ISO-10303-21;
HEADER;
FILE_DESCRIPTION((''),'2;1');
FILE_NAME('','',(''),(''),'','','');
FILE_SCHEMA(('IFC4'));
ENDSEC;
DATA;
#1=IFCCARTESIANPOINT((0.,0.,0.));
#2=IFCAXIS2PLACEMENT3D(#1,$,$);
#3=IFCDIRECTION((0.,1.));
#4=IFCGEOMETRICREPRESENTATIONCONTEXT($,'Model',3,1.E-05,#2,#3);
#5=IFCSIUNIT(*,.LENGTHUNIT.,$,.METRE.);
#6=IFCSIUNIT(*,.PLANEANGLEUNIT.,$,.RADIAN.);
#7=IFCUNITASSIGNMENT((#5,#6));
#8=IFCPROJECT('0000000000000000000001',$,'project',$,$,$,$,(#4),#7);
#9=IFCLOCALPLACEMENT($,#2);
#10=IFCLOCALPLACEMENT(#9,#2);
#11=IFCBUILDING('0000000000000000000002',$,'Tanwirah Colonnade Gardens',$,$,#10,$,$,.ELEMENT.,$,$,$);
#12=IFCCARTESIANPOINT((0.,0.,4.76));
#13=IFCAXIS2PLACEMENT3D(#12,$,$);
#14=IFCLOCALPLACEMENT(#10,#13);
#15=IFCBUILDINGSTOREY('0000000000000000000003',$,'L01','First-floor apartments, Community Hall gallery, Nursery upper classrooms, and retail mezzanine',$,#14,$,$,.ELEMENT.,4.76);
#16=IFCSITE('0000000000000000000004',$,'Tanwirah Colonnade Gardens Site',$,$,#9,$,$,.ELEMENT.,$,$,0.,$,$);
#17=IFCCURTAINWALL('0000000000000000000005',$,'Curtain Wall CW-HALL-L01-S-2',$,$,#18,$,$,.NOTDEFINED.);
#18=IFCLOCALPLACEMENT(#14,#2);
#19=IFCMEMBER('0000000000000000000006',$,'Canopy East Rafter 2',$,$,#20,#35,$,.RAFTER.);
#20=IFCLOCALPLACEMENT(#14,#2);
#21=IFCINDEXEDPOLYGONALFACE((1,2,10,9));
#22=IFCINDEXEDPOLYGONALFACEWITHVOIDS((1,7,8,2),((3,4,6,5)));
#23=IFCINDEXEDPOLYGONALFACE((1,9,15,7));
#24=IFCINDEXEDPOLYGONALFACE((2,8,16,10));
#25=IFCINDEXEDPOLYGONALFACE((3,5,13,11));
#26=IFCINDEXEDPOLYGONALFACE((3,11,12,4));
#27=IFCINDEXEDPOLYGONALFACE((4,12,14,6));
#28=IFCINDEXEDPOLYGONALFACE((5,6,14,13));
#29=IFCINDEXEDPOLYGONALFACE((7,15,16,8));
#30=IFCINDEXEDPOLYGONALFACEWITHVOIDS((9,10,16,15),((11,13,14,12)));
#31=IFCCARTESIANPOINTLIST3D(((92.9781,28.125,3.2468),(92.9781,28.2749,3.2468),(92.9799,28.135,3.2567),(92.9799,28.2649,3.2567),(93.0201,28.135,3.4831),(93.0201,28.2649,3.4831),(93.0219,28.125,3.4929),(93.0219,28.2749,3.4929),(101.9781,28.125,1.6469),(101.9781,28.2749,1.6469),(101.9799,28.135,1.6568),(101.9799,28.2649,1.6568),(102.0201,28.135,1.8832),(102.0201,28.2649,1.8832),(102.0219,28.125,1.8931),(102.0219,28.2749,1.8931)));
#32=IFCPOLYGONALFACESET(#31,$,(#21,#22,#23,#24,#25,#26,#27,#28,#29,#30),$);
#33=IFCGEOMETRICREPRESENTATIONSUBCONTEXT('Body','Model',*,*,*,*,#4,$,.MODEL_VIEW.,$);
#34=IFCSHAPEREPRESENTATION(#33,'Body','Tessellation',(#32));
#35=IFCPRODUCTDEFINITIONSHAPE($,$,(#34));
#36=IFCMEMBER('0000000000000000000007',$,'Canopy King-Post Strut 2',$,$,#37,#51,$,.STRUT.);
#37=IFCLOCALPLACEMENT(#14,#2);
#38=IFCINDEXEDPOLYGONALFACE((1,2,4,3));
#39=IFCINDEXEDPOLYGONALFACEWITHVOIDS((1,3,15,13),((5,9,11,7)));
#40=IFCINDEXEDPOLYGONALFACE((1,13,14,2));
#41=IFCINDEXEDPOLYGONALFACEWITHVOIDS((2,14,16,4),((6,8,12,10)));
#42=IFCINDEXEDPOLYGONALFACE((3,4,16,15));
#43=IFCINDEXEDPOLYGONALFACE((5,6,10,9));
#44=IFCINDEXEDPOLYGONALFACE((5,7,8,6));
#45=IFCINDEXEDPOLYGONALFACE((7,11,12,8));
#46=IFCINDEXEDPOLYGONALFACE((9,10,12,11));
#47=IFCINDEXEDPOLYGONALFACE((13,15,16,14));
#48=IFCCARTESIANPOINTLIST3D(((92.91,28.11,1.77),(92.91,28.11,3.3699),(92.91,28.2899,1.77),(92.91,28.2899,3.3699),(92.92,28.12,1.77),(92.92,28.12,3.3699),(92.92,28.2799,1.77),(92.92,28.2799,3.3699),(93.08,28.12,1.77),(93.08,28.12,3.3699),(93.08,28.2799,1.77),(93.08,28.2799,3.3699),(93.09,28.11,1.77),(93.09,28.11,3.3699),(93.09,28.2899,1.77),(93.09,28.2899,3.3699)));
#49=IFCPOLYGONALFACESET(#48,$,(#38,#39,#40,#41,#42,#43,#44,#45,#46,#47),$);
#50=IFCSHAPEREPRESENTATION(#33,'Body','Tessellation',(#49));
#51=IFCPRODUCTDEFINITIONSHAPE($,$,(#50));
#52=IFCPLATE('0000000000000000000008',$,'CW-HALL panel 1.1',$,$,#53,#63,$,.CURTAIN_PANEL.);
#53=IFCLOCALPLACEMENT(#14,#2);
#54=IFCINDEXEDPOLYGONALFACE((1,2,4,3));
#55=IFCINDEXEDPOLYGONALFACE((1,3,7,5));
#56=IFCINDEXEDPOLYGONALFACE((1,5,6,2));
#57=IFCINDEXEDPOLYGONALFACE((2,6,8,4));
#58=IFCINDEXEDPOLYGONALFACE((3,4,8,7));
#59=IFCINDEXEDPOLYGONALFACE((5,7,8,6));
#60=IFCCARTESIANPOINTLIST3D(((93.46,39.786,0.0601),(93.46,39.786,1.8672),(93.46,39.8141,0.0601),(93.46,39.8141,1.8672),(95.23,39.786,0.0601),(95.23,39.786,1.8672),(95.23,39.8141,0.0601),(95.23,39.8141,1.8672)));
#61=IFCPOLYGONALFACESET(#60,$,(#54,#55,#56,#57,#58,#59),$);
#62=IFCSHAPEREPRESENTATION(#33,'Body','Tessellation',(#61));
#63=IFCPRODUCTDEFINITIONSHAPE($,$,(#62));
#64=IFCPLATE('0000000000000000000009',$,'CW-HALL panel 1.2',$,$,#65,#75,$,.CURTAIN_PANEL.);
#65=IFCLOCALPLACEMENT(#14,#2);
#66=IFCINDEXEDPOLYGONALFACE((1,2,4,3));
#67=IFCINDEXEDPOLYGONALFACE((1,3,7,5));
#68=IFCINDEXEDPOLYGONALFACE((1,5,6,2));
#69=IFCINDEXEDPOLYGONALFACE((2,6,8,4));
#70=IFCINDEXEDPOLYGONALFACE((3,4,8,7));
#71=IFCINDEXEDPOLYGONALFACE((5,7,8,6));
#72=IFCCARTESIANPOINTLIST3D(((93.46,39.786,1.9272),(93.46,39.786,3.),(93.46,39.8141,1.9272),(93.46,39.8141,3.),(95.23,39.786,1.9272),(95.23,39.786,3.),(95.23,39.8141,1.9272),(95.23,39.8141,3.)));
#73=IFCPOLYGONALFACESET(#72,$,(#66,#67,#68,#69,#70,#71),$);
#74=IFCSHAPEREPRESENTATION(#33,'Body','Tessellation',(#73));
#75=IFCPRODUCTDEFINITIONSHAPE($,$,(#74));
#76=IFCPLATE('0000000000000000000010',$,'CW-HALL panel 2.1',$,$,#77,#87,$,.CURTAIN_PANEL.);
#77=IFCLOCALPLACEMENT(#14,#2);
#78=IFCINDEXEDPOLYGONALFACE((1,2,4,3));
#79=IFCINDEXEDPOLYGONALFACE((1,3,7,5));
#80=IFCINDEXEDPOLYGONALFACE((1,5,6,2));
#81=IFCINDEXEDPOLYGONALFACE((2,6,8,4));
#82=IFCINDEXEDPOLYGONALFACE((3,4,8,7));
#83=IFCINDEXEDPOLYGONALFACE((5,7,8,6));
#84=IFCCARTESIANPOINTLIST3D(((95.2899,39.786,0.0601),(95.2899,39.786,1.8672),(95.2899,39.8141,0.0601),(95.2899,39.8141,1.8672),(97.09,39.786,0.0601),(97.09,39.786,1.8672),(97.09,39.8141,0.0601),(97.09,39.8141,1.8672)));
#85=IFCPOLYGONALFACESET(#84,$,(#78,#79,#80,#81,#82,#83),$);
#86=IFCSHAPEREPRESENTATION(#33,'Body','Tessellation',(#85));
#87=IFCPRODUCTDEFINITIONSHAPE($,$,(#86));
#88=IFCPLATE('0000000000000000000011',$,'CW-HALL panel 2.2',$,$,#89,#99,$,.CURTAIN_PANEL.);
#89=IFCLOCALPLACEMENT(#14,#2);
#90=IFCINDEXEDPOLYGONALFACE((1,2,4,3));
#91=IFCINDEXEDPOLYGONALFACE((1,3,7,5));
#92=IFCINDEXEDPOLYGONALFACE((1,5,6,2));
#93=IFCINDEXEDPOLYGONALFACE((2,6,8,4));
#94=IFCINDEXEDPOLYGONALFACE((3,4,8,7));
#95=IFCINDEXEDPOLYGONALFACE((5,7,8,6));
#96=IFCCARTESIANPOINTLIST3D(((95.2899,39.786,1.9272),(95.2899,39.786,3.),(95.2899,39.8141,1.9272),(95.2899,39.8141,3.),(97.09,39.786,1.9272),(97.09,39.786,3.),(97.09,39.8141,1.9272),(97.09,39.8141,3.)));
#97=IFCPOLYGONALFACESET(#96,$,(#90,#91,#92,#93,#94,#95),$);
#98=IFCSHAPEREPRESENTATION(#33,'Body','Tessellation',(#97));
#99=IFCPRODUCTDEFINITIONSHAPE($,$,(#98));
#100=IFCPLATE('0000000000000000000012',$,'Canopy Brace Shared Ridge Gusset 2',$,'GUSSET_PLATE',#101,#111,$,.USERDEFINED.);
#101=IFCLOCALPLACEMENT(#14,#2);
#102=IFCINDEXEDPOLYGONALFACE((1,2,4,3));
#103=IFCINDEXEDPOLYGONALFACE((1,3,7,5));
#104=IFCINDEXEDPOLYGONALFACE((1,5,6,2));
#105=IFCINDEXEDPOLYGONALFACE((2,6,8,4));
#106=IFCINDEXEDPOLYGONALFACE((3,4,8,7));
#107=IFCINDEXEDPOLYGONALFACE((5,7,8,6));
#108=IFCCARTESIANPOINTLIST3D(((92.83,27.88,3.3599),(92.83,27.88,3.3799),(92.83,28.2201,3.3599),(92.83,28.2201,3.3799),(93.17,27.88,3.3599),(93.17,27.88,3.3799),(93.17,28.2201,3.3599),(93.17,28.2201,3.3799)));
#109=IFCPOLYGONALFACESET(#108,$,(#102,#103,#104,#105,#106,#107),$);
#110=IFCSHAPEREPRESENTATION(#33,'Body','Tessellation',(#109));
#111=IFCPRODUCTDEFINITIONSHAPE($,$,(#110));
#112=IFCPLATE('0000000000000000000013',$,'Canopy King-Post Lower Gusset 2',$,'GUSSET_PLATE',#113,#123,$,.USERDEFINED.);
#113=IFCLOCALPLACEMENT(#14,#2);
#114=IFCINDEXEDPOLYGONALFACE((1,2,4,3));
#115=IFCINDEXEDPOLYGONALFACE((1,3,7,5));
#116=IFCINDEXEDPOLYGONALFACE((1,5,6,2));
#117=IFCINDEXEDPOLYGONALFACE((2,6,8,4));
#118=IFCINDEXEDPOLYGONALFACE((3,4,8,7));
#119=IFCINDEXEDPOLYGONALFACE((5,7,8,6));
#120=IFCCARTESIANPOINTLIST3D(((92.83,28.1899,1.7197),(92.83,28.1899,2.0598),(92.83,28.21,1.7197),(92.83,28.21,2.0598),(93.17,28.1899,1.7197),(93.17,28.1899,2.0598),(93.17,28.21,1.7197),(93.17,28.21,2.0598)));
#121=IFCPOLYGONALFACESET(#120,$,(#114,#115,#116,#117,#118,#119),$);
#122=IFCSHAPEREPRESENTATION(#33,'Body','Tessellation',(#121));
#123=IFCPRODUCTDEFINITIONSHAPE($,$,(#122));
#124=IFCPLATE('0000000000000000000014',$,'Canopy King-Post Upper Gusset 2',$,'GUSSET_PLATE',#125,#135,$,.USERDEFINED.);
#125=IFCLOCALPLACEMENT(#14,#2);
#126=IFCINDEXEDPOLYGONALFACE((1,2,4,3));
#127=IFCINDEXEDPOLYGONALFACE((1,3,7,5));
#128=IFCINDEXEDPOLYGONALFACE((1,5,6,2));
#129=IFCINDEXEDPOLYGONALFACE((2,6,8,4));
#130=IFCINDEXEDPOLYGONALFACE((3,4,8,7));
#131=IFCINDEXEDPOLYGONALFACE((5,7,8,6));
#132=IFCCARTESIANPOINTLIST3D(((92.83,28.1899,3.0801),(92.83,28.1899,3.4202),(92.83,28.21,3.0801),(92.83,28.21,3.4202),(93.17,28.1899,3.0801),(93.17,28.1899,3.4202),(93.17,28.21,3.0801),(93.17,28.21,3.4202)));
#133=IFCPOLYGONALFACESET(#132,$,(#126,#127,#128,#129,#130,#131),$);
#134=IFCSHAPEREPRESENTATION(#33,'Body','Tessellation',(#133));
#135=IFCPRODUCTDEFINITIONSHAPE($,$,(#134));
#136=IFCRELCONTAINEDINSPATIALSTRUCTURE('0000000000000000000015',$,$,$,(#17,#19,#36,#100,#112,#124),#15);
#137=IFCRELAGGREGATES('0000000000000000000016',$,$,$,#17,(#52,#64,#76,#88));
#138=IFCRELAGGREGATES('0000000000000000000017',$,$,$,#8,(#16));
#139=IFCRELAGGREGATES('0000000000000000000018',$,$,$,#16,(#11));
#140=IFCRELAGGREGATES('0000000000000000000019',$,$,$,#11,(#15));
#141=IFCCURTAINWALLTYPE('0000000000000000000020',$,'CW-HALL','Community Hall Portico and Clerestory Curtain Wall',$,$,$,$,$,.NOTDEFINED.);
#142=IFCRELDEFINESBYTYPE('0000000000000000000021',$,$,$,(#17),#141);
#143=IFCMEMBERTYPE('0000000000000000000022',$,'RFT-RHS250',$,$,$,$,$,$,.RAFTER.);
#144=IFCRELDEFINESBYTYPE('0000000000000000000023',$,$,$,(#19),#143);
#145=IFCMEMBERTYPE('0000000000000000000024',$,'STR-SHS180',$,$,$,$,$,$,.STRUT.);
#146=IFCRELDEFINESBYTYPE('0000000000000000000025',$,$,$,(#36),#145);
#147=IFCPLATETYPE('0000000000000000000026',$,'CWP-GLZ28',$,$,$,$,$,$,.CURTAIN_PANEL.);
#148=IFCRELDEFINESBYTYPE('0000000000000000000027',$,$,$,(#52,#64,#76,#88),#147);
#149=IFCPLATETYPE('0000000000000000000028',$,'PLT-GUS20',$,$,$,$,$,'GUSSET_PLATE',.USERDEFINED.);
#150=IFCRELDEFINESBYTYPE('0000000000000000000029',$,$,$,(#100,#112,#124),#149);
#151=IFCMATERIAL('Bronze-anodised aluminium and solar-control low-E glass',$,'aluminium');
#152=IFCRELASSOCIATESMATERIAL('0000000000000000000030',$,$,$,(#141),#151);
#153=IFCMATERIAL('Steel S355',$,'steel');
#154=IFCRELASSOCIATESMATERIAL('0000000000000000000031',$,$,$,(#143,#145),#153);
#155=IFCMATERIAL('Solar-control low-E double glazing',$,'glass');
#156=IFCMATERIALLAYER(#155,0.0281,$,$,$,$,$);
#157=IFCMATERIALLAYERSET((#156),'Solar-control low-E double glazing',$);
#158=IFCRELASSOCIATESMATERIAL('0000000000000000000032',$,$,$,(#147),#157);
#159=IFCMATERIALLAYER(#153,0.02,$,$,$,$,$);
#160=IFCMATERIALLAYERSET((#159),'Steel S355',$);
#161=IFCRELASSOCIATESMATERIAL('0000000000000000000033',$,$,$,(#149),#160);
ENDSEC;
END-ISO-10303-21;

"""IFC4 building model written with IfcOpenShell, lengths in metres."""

from ifc_helpers import new_model, si_unit, direction, frame, origin, origin_2d, place, context, subcontext, project, spatial, rectangle, hollow_rectangle, extrude, material, layer, layer_set, material_profile, profile_set, type_object, element, aggregate, save


model = new_model("IFC4")

# Units and contexts
model_context = context("Model", 3, precision=1e-05, world=origin(), true_north=direction((0.0, 1.0)))
body_context = subcontext(model_context, "Body", "Model", "MODEL_VIEW")
ifc_project = project(units=[si_unit("LENGTHUNIT", "METRE"), si_unit("PLANEANGLEUNIT", "RADIAN")], contexts=[model_context])

# Site, building, storey
site_placement = place(None, origin())
site = spatial("IfcSite", under=ifc_project, at=site_placement, Name="Tanwirah Colonnade Gardens Site", CompositionType="ELEMENT", RefElevation=0.0)
building_placement = place(site_placement, origin())
building = spatial("IfcBuilding", under=site, at=building_placement, Name="Tanwirah Colonnade Gardens", CompositionType="ELEMENT")
storey_placement = place(building_placement, frame((0.0, 0.0, 4.76)))
storey = spatial("IfcBuildingStorey", under=building, at=storey_placement, Name="L01", Description="First-floor apartments, Community Hall gallery, Nursery upper classrooms, and retail mezzanine", CompositionType="ELEMENT", Elevation=4.76)

# Shared definitions
ifc_material_1 = material(Name="Steel S355", Category="steel")

# Curtain wall
ifc_material_2 = material(Name="Bronze-anodised aluminium and solar-control low-E glass", Category="aluminium")
curtain_wall_type = type_object("IfcCurtainWallType", Name="CW-HALL", Description="Community Hall Portico and Clerestory Curtain Wall", PredefinedType="NOTDEFINED", material=ifc_material_2)
curtain_wall_placement = place(storey_placement, origin())
curtain_wall = element("IfcCurtainWall", 1, at=curtain_wall_placement, inside=storey, type_object=curtain_wall_type, Name="Curtain Wall CW-HALL-L01-S-2", PredefinedType="NOTDEFINED")

# Members
ifc_material_profile_1 = material_profile(ifc_material_1, hollow_rectangle(XDim=0.1499, YDim=0.25, WallThickness=0.01, at=origin_2d()), Name="RHS 250x150x10")
ifc_profile_set_1 = profile_set([ifc_material_profile_1], Name="Steel S355")
member_type_1 = type_object("IfcMemberType", Name="RFT-RHS250", PredefinedType="RAFTER", material=ifc_profile_set_1)
member_1_placement = place(storey_placement, frame((93.0, 28.2, 3.3699), z_axis=(0.984565, 0.0, -0.175018), x_axis=(0.0, 1.0, 0.0)))
element("IfcMember", 2, at=member_1_placement, inside=storey, type_object=member_type_1, Name="Canopy East Rafter 2", PredefinedType="RAFTER", context=body_context, shape_type="SweptSolid", body=[
    extrude(hollow_rectangle(XDim=0.1499, YDim=0.25, WallThickness=0.01, at=origin_2d()), origin(), (0.0, 0.0, 1.0), 9.1411),
])
ifc_material_profile_2 = material_profile(ifc_material_1, hollow_rectangle(XDim=0.1799, YDim=0.1799, WallThickness=0.01, at=origin_2d()), Name="SHS 180x180x10")
ifc_profile_set_2 = profile_set([ifc_material_profile_2], Name="Steel S355")
member_type_2 = type_object("IfcMemberType", Name="STR-SHS180", PredefinedType="STRUT", material=ifc_profile_set_2)
member_2_placement = place(storey_placement, frame((93.0, 28.2, 1.77), z_axis=(0.0, 0.0, 1.0), x_axis=(1.0, 0.0, 0.0)))
element("IfcMember", 3, at=member_2_placement, inside=storey, type_object=member_type_2, Name="Canopy King-Post Strut 2", PredefinedType="STRUT", context=body_context, shape_type="SweptSolid", body=[
    extrude(hollow_rectangle(XDim=0.1799, YDim=0.1799, WallThickness=0.01, at=origin_2d()), origin(), (0.0, 0.0, 1.0), 1.5999),
])

# Plates
ifc_material_3 = material(Name="Solar-control low-E double glazing", Category="glass")
ifc_layer_1 = layer(ifc_material_3, 0.0281)
ifc_layer_set_1 = layer_set([ifc_layer_1], Name="Solar-control low-E double glazing")
plate_type_1 = type_object("IfcPlateType", Name="CWP-GLZ28", PredefinedType="CURTAIN_PANEL", material=ifc_layer_set_1)
plate_1_placement = place(storey_placement, frame((94.345, 39.8, 0.0601), z_axis=(0.0, 0.0, 1.0), x_axis=(1.0, 0.0, 0.0)))
plate_1 = element("IfcPlate", 4, at=plate_1_placement, type_object=plate_type_1, Name="CW-HALL panel 1.1", PredefinedType="CURTAIN_PANEL", context=body_context, shape_type="SweptSolid", body=[
    extrude(rectangle(XDim=1.77, YDim=0.0281, at=origin_2d()), origin(), (0.0, 0.0, 1.0), 1.8071),
])
plate_2_placement = place(storey_placement, frame((94.345, 39.8, 1.9272), z_axis=(0.0, 0.0, 1.0), x_axis=(1.0, 0.0, 0.0)))
plate_2 = element("IfcPlate", 5, at=plate_2_placement, type_object=plate_type_1, Name="CW-HALL panel 1.2", PredefinedType="CURTAIN_PANEL", context=body_context, shape_type="SweptSolid", body=[
    extrude(rectangle(XDim=1.77, YDim=0.0281, at=origin_2d()), origin(), (0.0, 0.0, 1.0), 1.0728),
])
plate_3_placement = place(storey_placement, frame((96.1899, 39.8, 0.0601), z_axis=(0.0, 0.0, 1.0), x_axis=(1.0, 0.0, 0.0)))
plate_3 = element("IfcPlate", 6, at=plate_3_placement, type_object=plate_type_1, Name="CW-HALL panel 2.1", PredefinedType="CURTAIN_PANEL", context=body_context, shape_type="SweptSolid", body=[
    extrude(rectangle(XDim=1.8, YDim=0.0281, at=origin_2d()), origin(), (0.0, 0.0, 1.0), 1.8071),
])
plate_4_placement = place(storey_placement, frame((96.1899, 39.8, 1.9272), z_axis=(0.0, 0.0, 1.0), x_axis=(1.0, 0.0, 0.0)))
plate_4 = element("IfcPlate", 7, at=plate_4_placement, type_object=plate_type_1, Name="CW-HALL panel 2.2", PredefinedType="CURTAIN_PANEL", context=body_context, shape_type="SweptSolid", body=[
    extrude(rectangle(XDim=1.8, YDim=0.0281, at=origin_2d()), origin(), (0.0, 0.0, 1.0), 1.0728),
])
aggregate(curtain_wall, [plate_1, plate_2, plate_3, plate_4])

# Plates
ifc_layer_2 = layer(ifc_material_1, 0.02)
ifc_layer_set_2 = layer_set([ifc_layer_2], Name="Steel S355")
plate_type_2 = type_object("IfcPlateType", Name="PLT-GUS20", ElementType="GUSSET_PLATE", PredefinedType="USERDEFINED", material=ifc_layer_set_2)
plate_5_placement = place(storey_placement, frame((93.0, 28.05, 3.3599), z_axis=(0.0, 0.0, 1.0), x_axis=(1.0, 0.0, 0.0)))
element("IfcPlate", 8, at=plate_5_placement, inside=storey, type_object=plate_type_2, Name="Canopy Brace Shared Ridge Gusset 2", ObjectType="GUSSET_PLATE", PredefinedType="USERDEFINED", context=body_context, shape_type="SweptSolid", body=[
    extrude(rectangle(XDim=0.3401, YDim=0.3401, at=origin_2d()), origin(), (0.0, 0.0, 1.0), 0.02),
])
for number, where, z_axis, x_axis, name in (
    (9, (93.0, 28.2, 1.7197), (0.0, 0.0, 1.0), (1.0, 0.0, 0.0), "Canopy King-Post Lower Gusset 2"),
    (10, (93.0, 28.2, 3.0801), (0.0, 0.0, 1.0), (1.0, 0.0, 0.0), "Canopy King-Post Upper Gusset 2"),
):
    element("IfcPlate", number, at=place(storey_placement, frame(where, z_axis=z_axis, x_axis=x_axis)), inside=storey, type_object=plate_type_2, Name=name, ObjectType="GUSSET_PLATE", PredefinedType="USERDEFINED", context=body_context, shape_type="SweptSolid", body=[
        extrude(rectangle(XDim=0.3401, YDim=0.02, at=origin_2d()), origin(), (0.0, 0.0, 1.0), 0.3401),
    ])

save(model, "model.ifc")
